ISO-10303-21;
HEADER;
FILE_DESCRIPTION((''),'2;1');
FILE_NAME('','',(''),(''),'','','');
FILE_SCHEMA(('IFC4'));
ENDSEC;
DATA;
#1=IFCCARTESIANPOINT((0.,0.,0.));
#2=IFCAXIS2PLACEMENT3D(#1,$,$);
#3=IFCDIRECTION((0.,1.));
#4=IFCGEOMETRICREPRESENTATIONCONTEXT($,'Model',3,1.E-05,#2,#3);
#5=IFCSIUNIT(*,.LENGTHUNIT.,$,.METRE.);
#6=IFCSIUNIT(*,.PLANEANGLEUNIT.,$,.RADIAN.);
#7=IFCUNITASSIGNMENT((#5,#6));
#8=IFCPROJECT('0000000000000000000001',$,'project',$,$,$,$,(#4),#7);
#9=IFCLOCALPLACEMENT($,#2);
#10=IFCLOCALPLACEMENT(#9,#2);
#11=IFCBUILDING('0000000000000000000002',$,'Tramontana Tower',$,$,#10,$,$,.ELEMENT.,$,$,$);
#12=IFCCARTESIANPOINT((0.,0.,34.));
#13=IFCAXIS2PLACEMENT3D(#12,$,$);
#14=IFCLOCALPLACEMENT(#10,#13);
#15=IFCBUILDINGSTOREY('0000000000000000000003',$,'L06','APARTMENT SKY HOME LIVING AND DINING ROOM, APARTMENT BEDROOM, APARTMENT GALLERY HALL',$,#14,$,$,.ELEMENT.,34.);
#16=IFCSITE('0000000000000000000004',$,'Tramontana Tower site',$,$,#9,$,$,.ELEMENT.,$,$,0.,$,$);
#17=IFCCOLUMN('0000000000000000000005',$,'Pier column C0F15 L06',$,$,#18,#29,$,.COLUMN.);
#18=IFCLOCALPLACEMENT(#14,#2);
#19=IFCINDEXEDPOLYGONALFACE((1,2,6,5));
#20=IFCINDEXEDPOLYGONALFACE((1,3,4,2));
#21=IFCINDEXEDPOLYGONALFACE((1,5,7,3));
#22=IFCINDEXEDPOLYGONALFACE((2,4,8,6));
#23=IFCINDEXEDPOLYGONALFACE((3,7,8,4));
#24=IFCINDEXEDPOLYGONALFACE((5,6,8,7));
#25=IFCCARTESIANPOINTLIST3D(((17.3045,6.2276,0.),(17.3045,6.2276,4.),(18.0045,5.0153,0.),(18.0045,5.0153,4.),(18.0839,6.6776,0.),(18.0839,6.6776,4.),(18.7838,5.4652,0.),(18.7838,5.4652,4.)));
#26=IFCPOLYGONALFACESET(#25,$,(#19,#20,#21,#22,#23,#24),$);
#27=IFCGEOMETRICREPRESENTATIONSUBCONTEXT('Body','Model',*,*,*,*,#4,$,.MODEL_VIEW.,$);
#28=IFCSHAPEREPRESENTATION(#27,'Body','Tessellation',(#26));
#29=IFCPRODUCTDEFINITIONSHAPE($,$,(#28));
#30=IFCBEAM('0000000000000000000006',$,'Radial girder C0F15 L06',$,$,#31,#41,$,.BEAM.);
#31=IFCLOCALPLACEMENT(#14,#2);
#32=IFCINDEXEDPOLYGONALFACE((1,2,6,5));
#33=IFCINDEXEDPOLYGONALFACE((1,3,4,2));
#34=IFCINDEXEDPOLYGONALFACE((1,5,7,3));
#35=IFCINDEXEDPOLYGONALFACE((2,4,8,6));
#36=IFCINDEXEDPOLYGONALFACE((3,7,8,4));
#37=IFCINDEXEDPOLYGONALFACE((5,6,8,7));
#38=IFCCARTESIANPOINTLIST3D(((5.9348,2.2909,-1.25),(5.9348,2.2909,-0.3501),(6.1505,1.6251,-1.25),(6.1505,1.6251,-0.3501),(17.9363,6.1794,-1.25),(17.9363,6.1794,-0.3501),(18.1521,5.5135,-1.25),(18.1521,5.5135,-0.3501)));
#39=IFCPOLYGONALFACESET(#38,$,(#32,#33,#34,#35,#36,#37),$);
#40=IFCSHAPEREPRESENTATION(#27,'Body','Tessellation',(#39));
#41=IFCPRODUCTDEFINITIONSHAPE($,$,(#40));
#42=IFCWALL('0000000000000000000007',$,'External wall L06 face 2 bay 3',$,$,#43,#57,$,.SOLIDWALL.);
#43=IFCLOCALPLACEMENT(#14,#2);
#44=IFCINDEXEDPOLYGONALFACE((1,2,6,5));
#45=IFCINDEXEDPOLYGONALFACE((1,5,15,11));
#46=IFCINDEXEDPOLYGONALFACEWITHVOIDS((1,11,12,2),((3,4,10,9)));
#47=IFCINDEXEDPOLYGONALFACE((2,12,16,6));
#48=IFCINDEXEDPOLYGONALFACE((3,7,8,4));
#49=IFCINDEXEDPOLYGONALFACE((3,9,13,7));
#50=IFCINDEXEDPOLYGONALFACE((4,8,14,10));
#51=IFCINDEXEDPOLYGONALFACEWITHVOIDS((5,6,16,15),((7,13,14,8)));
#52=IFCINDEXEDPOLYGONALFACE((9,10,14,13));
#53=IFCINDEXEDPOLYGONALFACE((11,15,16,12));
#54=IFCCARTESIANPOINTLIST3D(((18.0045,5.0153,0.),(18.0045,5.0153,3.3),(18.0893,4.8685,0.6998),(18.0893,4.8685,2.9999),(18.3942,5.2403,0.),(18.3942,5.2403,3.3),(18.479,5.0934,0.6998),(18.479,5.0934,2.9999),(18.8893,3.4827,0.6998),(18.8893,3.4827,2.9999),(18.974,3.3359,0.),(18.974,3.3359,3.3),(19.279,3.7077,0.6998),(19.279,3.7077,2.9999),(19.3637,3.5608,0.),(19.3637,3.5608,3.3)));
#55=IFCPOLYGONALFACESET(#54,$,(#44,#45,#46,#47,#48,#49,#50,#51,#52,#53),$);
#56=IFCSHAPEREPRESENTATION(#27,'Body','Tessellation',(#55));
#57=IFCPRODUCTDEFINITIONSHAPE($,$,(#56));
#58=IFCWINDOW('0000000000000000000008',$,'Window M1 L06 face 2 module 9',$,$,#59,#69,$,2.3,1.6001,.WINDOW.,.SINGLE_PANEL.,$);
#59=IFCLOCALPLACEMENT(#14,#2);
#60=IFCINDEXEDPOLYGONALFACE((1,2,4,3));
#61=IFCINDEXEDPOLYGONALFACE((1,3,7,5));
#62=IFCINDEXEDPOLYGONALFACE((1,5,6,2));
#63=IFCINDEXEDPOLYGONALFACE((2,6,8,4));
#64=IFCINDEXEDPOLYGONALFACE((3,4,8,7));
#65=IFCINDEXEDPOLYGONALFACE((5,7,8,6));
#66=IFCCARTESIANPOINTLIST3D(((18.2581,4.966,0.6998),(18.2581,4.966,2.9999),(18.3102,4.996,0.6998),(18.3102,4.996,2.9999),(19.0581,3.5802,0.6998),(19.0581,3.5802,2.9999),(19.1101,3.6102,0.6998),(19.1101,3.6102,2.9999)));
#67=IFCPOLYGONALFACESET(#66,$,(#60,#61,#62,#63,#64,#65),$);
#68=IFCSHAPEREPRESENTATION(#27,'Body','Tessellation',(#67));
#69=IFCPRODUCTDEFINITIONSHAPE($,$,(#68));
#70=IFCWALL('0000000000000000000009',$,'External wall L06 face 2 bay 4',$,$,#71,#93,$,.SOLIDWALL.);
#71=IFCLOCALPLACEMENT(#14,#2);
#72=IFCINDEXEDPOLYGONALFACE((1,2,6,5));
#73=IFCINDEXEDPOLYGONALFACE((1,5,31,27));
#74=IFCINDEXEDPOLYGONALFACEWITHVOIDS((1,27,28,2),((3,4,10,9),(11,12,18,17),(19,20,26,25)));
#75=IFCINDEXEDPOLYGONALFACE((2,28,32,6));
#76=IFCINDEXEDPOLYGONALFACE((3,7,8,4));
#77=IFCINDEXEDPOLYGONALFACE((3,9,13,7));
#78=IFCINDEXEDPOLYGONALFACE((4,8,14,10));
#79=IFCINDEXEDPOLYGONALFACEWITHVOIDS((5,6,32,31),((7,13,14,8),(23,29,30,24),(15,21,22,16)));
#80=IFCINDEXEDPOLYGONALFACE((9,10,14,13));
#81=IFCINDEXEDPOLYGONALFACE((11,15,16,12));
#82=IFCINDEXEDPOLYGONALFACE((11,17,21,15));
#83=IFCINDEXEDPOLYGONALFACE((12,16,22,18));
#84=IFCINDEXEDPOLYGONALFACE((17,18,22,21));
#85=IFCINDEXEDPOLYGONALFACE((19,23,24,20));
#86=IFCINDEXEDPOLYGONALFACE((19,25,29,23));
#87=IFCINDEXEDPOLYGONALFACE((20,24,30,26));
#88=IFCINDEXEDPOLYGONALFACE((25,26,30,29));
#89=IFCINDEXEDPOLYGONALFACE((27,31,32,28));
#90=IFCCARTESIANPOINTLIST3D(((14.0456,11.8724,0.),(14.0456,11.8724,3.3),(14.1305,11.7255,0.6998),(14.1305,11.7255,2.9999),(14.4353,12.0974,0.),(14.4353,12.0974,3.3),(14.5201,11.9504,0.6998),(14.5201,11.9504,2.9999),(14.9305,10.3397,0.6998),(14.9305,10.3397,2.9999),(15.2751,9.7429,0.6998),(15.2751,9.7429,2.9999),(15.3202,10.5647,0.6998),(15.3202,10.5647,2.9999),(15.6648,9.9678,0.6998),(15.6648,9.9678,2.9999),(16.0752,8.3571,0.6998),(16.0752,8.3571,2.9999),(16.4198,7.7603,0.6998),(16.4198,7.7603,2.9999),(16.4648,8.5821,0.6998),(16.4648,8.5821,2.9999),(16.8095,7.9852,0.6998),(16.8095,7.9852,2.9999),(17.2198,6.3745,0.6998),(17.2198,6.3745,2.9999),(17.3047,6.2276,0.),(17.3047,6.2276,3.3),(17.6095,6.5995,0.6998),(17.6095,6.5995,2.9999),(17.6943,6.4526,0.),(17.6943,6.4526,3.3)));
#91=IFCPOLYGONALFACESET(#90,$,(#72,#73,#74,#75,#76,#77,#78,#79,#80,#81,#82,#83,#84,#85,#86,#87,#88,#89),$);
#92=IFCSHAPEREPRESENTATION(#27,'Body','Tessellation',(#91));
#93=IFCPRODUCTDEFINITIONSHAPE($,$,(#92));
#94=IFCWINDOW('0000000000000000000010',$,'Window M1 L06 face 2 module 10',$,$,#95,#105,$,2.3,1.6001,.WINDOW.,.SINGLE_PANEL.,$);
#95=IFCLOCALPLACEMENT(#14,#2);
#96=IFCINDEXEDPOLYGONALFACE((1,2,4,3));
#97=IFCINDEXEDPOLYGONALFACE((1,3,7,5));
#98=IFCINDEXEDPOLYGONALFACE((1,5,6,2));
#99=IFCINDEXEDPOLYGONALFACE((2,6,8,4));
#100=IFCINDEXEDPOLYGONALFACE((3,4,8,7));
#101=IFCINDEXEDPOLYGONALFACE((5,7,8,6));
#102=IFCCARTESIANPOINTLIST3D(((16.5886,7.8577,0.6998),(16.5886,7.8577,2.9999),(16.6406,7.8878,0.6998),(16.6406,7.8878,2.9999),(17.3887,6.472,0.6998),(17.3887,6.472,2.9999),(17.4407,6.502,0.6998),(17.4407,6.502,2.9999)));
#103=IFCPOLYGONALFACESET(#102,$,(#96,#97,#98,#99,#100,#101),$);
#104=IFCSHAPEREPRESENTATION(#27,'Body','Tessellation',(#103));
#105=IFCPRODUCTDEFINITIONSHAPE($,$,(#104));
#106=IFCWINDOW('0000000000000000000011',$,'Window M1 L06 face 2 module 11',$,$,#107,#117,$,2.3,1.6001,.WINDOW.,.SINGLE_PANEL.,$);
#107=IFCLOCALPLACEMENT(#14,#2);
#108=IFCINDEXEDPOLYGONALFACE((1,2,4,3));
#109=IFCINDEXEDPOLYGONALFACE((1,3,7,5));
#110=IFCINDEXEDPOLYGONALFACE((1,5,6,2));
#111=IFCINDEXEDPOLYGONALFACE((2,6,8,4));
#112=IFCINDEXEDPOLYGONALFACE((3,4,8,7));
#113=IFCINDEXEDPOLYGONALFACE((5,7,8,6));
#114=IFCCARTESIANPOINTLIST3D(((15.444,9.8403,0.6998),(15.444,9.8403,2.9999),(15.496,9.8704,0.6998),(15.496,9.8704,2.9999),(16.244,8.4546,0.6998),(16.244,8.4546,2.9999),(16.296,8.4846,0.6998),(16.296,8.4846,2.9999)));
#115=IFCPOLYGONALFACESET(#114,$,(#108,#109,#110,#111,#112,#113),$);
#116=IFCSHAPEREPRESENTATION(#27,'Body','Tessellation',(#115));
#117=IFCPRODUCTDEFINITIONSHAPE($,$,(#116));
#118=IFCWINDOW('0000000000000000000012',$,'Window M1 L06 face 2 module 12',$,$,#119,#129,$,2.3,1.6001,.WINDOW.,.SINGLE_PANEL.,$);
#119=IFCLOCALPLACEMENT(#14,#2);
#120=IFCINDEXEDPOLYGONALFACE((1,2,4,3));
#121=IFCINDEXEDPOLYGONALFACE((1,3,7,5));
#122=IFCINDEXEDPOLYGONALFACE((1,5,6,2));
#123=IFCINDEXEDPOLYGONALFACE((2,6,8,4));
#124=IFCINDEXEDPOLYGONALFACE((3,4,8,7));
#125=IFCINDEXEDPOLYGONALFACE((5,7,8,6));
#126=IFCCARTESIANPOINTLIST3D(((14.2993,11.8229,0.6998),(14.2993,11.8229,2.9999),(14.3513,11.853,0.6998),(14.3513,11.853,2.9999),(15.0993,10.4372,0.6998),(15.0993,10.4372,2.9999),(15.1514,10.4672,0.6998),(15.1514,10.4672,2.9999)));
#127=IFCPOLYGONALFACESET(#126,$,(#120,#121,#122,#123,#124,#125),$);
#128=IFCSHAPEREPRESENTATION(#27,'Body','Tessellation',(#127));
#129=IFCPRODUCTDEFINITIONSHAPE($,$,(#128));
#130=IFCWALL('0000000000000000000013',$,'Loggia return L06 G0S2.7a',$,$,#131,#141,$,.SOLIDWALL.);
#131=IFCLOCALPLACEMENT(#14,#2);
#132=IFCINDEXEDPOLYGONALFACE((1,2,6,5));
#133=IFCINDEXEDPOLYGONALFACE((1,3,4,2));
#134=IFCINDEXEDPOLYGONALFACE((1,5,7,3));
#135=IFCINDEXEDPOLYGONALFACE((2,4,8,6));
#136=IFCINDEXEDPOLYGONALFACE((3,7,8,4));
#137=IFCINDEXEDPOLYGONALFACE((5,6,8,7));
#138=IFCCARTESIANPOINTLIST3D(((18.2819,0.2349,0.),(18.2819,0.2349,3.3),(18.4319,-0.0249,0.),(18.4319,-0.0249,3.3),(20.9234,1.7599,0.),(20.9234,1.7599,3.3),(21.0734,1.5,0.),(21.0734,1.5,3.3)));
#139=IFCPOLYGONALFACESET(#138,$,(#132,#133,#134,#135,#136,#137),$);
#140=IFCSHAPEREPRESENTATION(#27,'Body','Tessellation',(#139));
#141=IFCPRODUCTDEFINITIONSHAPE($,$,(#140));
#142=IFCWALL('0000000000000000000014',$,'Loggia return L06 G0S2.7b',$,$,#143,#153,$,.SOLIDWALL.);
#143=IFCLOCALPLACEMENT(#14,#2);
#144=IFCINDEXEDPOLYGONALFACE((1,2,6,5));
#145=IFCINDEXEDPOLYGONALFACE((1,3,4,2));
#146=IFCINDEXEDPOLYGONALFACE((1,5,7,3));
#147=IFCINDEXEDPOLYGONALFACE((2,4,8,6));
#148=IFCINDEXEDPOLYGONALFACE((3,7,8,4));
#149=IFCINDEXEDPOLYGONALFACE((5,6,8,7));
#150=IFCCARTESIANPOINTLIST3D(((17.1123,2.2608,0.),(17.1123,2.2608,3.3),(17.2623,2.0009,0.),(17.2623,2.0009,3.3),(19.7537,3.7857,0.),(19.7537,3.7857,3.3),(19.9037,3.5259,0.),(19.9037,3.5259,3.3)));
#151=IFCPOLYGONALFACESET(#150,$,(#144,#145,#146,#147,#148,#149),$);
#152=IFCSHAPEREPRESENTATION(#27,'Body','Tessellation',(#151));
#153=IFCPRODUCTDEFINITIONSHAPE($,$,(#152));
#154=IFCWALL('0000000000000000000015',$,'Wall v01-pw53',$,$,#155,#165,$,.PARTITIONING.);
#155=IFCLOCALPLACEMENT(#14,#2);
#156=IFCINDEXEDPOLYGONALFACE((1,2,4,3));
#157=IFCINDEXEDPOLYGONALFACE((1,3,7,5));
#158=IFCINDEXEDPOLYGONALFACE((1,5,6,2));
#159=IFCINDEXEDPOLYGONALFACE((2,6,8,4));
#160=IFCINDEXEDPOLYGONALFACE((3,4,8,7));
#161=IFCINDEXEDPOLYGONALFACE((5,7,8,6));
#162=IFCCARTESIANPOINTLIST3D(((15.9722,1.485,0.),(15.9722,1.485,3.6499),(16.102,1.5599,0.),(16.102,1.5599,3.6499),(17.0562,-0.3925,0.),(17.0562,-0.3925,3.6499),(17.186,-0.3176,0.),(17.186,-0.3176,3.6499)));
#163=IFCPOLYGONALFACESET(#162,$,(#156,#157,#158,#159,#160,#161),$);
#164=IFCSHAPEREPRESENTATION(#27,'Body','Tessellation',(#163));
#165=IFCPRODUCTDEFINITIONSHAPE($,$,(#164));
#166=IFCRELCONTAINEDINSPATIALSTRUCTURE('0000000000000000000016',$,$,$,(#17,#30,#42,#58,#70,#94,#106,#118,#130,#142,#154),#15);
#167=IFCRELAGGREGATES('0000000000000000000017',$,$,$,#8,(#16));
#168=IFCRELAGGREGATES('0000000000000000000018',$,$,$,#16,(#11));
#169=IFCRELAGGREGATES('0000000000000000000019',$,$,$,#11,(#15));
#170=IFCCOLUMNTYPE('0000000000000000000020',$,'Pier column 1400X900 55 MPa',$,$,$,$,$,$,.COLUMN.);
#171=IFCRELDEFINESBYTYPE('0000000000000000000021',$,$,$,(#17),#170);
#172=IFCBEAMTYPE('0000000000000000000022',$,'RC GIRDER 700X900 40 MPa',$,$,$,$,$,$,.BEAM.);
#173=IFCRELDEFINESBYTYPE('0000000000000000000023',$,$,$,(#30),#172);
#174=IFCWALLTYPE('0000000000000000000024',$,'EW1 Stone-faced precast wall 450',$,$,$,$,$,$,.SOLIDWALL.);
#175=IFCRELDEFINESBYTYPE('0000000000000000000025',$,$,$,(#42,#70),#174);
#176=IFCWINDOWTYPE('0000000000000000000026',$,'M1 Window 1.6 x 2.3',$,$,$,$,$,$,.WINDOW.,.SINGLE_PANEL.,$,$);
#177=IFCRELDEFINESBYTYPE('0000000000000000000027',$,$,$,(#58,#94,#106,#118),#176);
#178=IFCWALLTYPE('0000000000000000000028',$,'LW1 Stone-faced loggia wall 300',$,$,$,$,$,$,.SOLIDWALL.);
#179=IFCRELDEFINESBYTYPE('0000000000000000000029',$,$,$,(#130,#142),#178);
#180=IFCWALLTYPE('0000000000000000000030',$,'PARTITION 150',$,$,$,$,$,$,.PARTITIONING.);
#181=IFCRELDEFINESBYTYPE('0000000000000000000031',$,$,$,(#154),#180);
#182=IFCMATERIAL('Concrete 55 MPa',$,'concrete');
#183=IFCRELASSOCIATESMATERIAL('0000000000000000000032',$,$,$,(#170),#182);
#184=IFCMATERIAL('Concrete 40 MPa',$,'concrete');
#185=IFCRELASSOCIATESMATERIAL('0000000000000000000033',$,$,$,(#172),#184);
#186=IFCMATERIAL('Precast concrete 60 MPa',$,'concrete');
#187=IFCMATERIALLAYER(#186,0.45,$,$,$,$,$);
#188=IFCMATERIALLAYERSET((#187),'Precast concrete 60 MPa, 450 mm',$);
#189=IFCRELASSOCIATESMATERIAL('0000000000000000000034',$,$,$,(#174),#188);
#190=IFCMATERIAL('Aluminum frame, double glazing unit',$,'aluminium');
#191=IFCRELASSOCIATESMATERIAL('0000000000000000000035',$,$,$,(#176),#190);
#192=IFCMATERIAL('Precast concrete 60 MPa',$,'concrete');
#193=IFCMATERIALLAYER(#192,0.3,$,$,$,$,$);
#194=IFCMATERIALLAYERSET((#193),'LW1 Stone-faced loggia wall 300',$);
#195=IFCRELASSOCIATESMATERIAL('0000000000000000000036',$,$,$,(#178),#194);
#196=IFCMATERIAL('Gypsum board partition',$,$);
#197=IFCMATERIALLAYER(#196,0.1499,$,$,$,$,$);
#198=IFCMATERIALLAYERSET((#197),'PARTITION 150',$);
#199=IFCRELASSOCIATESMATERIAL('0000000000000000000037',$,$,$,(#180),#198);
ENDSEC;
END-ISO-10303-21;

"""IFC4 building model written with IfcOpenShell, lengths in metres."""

from ifc_helpers import new_model, si_unit, direction, frame, frame_2d, origin, origin_2d, place, context, subcontext, project, spatial, rectangle, extrude, material, layer, layer_set, material_profile, profile_set, type_object, element, fill, save


model = new_model("IFC4")

# Units and contexts
model_context = context("Model", 3, precision=1e-05, world=origin(), true_north=direction((0.0, 1.0)))
body_context = subcontext(model_context, "Body", "Model", "MODEL_VIEW")
ifc_project = project(units=[si_unit("LENGTHUNIT", "METRE"), si_unit("PLANEANGLEUNIT", "RADIAN")], contexts=[model_context])

# Site, building, storey
site_placement = place(None, origin())
site = spatial("IfcSite", under=ifc_project, at=site_placement, Name="Tramontana Tower site", CompositionType="ELEMENT", RefElevation=0.0)
building_placement = place(site_placement, origin())
building = spatial("IfcBuilding", under=site, at=building_placement, Name="Tramontana Tower", CompositionType="ELEMENT")
storey_placement = place(building_placement, frame((0.0, 0.0, 34.0)))
storey = spatial("IfcBuildingStorey", under=building, at=storey_placement, Name="L06", Description="APARTMENT SKY HOME LIVING AND DINING ROOM, APARTMENT BEDROOM, APARTMENT GALLERY HALL", CompositionType="ELEMENT", Elevation=34.0)

# Column
ifc_material_1 = material(Name="Concrete 55 MPa", Category="concrete")
ifc_material_profile_1 = material_profile(ifc_material_1, rectangle(XDim=1.3999, YDim=0.8999, at=origin_2d()), Name="Pier column 1400X900 55 MPa")
ifc_profile_set_1 = profile_set([ifc_material_profile_1], Name="Concrete 55 MPa")
column_type = type_object("IfcColumnType", Name="Pier column 1400X900 55 MPa", PredefinedType="COLUMN", material=ifc_profile_set_1)
column_placement = place(storey_placement, frame((18.0442, 5.8464, 0.0), z_axis=(0.0, 0.0, 1.0), x_axis=(-0.5, 0.866025, 0.0)))
element("IfcColumn", 1, at=column_placement, inside=storey, type_object=column_type, Name="Pier column C0F15 L06", PredefinedType="COLUMN", context=body_context, shape_type="SweptSolid", body=[
    extrude(rectangle(XDim=1.3999, YDim=0.8999, at=origin_2d()), origin(), (0.0, 0.0, 1.0), 4.0),
])

# Beam
ifc_material_2 = material(Name="Concrete 40 MPa", Category="concrete")
ifc_material_profile_2 = material_profile(ifc_material_2, rectangle(XDim=0.7, YDim=0.8999, at=origin_2d()), Name="RC GIRDER 700X900 40 MPa")
ifc_profile_set_2 = profile_set([ifc_material_profile_2], Name="Concrete 40 MPa")
beam_type = type_object("IfcBeamType", Name="RC GIRDER 700X900 40 MPa", PredefinedType="BEAM", material=ifc_profile_set_2)
beam_placement = place(storey_placement, frame((18.0442, 5.8464, -0.8), z_axis=(-0.951314, -0.308222, 0.0), x_axis=(0.308222, -0.951314, 0.0)))
element("IfcBeam", 2, at=beam_placement, inside=storey, type_object=beam_type, Name="Radial girder C0F15 L06", PredefinedType="BEAM", context=body_context, shape_type="SweptSolid", body=[
    extrude(rectangle(XDim=0.7, YDim=0.8999, at=origin_2d()), origin(), (0.0, 0.0, 1.0), 12.6157),
])

# Wall, opening, window
ifc_material_3 = material(Name="Precast concrete 60 MPa", Category="concrete")
ifc_layer_1 = layer(ifc_material_3, 0.45)
ifc_layer_set_1 = layer_set([ifc_layer_1], Name="Precast concrete 60 MPa, 450 mm")
wall_type_1 = type_object("IfcWallType", Name="EW1 Stone-faced precast wall 450", PredefinedType="SOLIDWALL", material=ifc_layer_set_1)
wall_1_placement = place(storey_placement, frame((19.1689, 3.4482, 0.0), z_axis=(0.0, 0.0, 1.0), x_axis=(-0.499944, 0.866058, 0.0)))
wall_1 = element("IfcWall", 3, at=wall_1_placement, inside=storey, type_object=wall_type_1, Name="External wall L06 face 2 bay 3", PredefinedType="SOLIDWALL", context=body_context, shape_type="SweptSolid", body=[
    extrude(rectangle(XDim=1.9392, YDim=0.45, at=frame_2d((0.9697, 0.0))), origin(), (0.0, 0.0, 1.0), 3.3),
])
opening_1_placement = place(wall_1_placement, frame((0.1697, 0.0, 0.7)))
opening_1 = element("IfcOpeningElement", 4, at=opening_1_placement, cuts=wall_1, PredefinedType="OPENING", context=body_context, shape_type="SweptSolid", body=[
    extrude(rectangle(XDim=1.6001, YDim=2.3, at=frame_2d((0.8, 1.1499))), frame((0.0, 0.2349, 0.0), z_axis=(0.0, -1.0, 0.0), x_axis=(1.0, 0.0, 0.0)), (0.0, 0.0, 1.0), 0.47),
])
ifc_material_4 = material(Name="Aluminum frame, double glazing unit", Category="aluminium")
window_type = type_object("IfcWindowType", Name="M1 Window 1.6 x 2.3", PartitioningType="SINGLE_PANEL", PredefinedType="WINDOW", material=ifc_material_4)
window_1_placement = place(opening_1_placement, origin())
window_1 = element("IfcWindow", 5, at=window_1_placement, inside=storey, type_object=window_type, Name="Window M1 L06 face 2 module 9", OverallHeight=2.3, OverallWidth=1.6001, PartitioningType="SINGLE_PANEL", PredefinedType="WINDOW", context=body_context, shape_type="SweptSolid", body=[
    extrude(rectangle(XDim=1.6001, YDim=2.3, at=frame_2d((0.8, 1.1499))), frame((0.0, 0.03, 0.0), z_axis=(0.0, -1.0, 0.0), x_axis=(1.0, 0.0, 0.0)), (0.0, 0.0, 1.0), 0.0601),
])
fill(opening_1, window_1)

# Wall, openings, windows
wall_2_placement = place(storey_placement, frame((17.4995, 6.3401, 0.0), z_axis=(0.0, 0.0, 1.0), x_axis=(-0.500002, 0.866024, 0.0)))
wall_2 = element("IfcWall", 6, at=wall_2_placement, inside=storey, type_object=wall_type_1, Name="External wall L06 face 2 bay 4", PredefinedType="SOLIDWALL", context=body_context, shape_type="SweptSolid", body=[
    extrude(rectangle(XDim=6.5181, YDim=0.45, at=frame_2d((3.259, 0.0))), origin(), (0.0, 0.0, 1.0), 3.3),
])
opening_2_placement = place(wall_2_placement, frame((0.1697, 0.0, 0.7)))
opening_2 = element("IfcOpeningElement", 7, at=opening_2_placement, cuts=wall_2, PredefinedType="OPENING", context=body_context, shape_type="SweptSolid", body=[
    extrude(rectangle(XDim=1.6001, YDim=2.3, at=frame_2d((0.8, 1.1499))), frame((0.0, 0.2349, 0.0), z_axis=(0.0, -1.0, 0.0), x_axis=(1.0, 0.0, 0.0)), (0.0, 0.0, 1.0), 0.47),
])
opening_3_placement = place(wall_2_placement, frame((2.459, 0.0, 0.7)))
opening_3 = element("IfcOpeningElement", 8, at=opening_3_placement, cuts=wall_2, PredefinedType="OPENING", context=body_context, shape_type="SweptSolid", body=[
    extrude(rectangle(XDim=1.6001, YDim=2.3, at=frame_2d((0.8, 1.1499))), frame((0.0, 0.2349, 0.0), z_axis=(0.0, -1.0, 0.0), x_axis=(1.0, 0.0, 0.0)), (0.0, 0.0, 1.0), 0.47),
])
opening_4_placement = place(wall_2_placement, frame((4.7483, 0.0, 0.7)))
opening_4 = element("IfcOpeningElement", 9, at=opening_4_placement, cuts=wall_2, PredefinedType="OPENING", context=body_context, shape_type="SweptSolid", body=[
    extrude(rectangle(XDim=1.6001, YDim=2.3, at=frame_2d((0.8, 1.1499))), frame((0.0, 0.2349, 0.0), z_axis=(0.0, -1.0, 0.0), x_axis=(1.0, 0.0, 0.0)), (0.0, 0.0, 1.0), 0.47),
])
window_2_placement = place(opening_2_placement, origin())
window_2 = element("IfcWindow", 10, at=window_2_placement, inside=storey, type_object=window_type, Name="Window M1 L06 face 2 module 10", OverallHeight=2.3, OverallWidth=1.6001, PartitioningType="SINGLE_PANEL", PredefinedType="WINDOW", context=body_context, shape_type="SweptSolid", body=[
    extrude(rectangle(XDim=1.6001, YDim=2.3, at=frame_2d((0.8, 1.1499))), frame((0.0, 0.03, 0.0), z_axis=(0.0, -1.0, 0.0), x_axis=(1.0, 0.0, 0.0)), (0.0, 0.0, 1.0), 0.0601),
])
fill(opening_2, window_2)
window_3_placement = place(opening_3_placement, origin())
window_3 = element("IfcWindow", 11, at=window_3_placement, inside=storey, type_object=window_type, Name="Window M1 L06 face 2 module 11", OverallHeight=2.3, OverallWidth=1.6001, PartitioningType="SINGLE_PANEL", PredefinedType="WINDOW", context=body_context, shape_type="SweptSolid", body=[
    extrude(rectangle(XDim=1.6001, YDim=2.3, at=frame_2d((0.8, 1.1499))), frame((0.0, 0.03, 0.0), z_axis=(0.0, -1.0, 0.0), x_axis=(1.0, 0.0, 0.0)), (0.0, 0.0, 1.0), 0.0601),
])
fill(opening_3, window_3)
window_4_placement = place(opening_4_placement, origin())
window_4 = element("IfcWindow", 12, at=window_4_placement, inside=storey, type_object=window_type, Name="Window M1 L06 face 2 module 12", OverallHeight=2.3, OverallWidth=1.6001, PartitioningType="SINGLE_PANEL", PredefinedType="WINDOW", context=body_context, shape_type="SweptSolid", body=[
    extrude(rectangle(XDim=1.6001, YDim=2.3, at=frame_2d((0.8, 1.1499))), frame((0.0, 0.03, 0.0), z_axis=(0.0, -1.0, 0.0), x_axis=(1.0, 0.0, 0.0)), (0.0, 0.0, 1.0), 0.0601),
])
fill(opening_4, window_4)

# Shared definitions
ifc_material_5 = material(Name="Precast concrete 60 MPa", Category="concrete")
ifc_layer_2 = layer(ifc_material_5, 0.3)
ifc_layer_set_2 = layer_set([ifc_layer_2], Name="LW1 Stone-faced loggia wall 300")
wall_type_2 = type_object("IfcWallType", Name="LW1 Stone-faced loggia wall 300", PredefinedType="SOLIDWALL", material=ifc_layer_set_2)

# Walls
for number, where, z_axis, x_axis, name in (
    (13, (20.9983, 1.6299, 0.0), (0.0, 0.0, 1.0), (-0.866038, -0.499979, 0.0), "Loggia return L06 G0S2.7a"),
    (14, (19.8286, 3.6558, 0.0), (0.0, 0.0, 1.0), (-0.866038, -0.499979, 0.0), "Loggia return L06 G0S2.7b"),
):
    element("IfcWall", number, at=place(storey_placement, frame(where, z_axis=z_axis, x_axis=x_axis)), inside=storey, type_object=wall_type_2, Name=name, PredefinedType="SOLIDWALL", context=body_context, shape_type="SweptSolid", body=[
        extrude(rectangle(XDim=3.05, YDim=0.3, at=frame_2d((1.5249, 0.0))), origin(), (0.0, 0.0, 1.0), 3.3),
    ])

# Shared definitions
ifc_material_6 = material(Name="Gypsum board partition")
ifc_layer_3 = layer(ifc_material_6, 0.1499)
ifc_layer_set_3 = layer_set([ifc_layer_3], Name="PARTITION 150")
wall_type_3 = type_object("IfcWallType", Name="PARTITION 150", PredefinedType="PARTITIONING", material=ifc_layer_set_3)

# Wall
wall_3_placement = place(storey_placement, frame((16.0371, 1.5225, 0.0), z_axis=(0.0, 0.0, 1.0), x_axis=(0.500015, -0.866017, 0.0)))
element("IfcWall", 15, at=wall_3_placement, inside=storey, type_object=wall_type_3, Name="Wall v01-pw53", PredefinedType="PARTITIONING", context=body_context, shape_type="SweptSolid", body=[
    extrude(rectangle(XDim=2.168, YDim=0.1499, at=frame_2d((1.084, 0.0))), origin(), (0.0, 0.0, 1.0), 3.6499),
])

save(model, "model.ifc")
